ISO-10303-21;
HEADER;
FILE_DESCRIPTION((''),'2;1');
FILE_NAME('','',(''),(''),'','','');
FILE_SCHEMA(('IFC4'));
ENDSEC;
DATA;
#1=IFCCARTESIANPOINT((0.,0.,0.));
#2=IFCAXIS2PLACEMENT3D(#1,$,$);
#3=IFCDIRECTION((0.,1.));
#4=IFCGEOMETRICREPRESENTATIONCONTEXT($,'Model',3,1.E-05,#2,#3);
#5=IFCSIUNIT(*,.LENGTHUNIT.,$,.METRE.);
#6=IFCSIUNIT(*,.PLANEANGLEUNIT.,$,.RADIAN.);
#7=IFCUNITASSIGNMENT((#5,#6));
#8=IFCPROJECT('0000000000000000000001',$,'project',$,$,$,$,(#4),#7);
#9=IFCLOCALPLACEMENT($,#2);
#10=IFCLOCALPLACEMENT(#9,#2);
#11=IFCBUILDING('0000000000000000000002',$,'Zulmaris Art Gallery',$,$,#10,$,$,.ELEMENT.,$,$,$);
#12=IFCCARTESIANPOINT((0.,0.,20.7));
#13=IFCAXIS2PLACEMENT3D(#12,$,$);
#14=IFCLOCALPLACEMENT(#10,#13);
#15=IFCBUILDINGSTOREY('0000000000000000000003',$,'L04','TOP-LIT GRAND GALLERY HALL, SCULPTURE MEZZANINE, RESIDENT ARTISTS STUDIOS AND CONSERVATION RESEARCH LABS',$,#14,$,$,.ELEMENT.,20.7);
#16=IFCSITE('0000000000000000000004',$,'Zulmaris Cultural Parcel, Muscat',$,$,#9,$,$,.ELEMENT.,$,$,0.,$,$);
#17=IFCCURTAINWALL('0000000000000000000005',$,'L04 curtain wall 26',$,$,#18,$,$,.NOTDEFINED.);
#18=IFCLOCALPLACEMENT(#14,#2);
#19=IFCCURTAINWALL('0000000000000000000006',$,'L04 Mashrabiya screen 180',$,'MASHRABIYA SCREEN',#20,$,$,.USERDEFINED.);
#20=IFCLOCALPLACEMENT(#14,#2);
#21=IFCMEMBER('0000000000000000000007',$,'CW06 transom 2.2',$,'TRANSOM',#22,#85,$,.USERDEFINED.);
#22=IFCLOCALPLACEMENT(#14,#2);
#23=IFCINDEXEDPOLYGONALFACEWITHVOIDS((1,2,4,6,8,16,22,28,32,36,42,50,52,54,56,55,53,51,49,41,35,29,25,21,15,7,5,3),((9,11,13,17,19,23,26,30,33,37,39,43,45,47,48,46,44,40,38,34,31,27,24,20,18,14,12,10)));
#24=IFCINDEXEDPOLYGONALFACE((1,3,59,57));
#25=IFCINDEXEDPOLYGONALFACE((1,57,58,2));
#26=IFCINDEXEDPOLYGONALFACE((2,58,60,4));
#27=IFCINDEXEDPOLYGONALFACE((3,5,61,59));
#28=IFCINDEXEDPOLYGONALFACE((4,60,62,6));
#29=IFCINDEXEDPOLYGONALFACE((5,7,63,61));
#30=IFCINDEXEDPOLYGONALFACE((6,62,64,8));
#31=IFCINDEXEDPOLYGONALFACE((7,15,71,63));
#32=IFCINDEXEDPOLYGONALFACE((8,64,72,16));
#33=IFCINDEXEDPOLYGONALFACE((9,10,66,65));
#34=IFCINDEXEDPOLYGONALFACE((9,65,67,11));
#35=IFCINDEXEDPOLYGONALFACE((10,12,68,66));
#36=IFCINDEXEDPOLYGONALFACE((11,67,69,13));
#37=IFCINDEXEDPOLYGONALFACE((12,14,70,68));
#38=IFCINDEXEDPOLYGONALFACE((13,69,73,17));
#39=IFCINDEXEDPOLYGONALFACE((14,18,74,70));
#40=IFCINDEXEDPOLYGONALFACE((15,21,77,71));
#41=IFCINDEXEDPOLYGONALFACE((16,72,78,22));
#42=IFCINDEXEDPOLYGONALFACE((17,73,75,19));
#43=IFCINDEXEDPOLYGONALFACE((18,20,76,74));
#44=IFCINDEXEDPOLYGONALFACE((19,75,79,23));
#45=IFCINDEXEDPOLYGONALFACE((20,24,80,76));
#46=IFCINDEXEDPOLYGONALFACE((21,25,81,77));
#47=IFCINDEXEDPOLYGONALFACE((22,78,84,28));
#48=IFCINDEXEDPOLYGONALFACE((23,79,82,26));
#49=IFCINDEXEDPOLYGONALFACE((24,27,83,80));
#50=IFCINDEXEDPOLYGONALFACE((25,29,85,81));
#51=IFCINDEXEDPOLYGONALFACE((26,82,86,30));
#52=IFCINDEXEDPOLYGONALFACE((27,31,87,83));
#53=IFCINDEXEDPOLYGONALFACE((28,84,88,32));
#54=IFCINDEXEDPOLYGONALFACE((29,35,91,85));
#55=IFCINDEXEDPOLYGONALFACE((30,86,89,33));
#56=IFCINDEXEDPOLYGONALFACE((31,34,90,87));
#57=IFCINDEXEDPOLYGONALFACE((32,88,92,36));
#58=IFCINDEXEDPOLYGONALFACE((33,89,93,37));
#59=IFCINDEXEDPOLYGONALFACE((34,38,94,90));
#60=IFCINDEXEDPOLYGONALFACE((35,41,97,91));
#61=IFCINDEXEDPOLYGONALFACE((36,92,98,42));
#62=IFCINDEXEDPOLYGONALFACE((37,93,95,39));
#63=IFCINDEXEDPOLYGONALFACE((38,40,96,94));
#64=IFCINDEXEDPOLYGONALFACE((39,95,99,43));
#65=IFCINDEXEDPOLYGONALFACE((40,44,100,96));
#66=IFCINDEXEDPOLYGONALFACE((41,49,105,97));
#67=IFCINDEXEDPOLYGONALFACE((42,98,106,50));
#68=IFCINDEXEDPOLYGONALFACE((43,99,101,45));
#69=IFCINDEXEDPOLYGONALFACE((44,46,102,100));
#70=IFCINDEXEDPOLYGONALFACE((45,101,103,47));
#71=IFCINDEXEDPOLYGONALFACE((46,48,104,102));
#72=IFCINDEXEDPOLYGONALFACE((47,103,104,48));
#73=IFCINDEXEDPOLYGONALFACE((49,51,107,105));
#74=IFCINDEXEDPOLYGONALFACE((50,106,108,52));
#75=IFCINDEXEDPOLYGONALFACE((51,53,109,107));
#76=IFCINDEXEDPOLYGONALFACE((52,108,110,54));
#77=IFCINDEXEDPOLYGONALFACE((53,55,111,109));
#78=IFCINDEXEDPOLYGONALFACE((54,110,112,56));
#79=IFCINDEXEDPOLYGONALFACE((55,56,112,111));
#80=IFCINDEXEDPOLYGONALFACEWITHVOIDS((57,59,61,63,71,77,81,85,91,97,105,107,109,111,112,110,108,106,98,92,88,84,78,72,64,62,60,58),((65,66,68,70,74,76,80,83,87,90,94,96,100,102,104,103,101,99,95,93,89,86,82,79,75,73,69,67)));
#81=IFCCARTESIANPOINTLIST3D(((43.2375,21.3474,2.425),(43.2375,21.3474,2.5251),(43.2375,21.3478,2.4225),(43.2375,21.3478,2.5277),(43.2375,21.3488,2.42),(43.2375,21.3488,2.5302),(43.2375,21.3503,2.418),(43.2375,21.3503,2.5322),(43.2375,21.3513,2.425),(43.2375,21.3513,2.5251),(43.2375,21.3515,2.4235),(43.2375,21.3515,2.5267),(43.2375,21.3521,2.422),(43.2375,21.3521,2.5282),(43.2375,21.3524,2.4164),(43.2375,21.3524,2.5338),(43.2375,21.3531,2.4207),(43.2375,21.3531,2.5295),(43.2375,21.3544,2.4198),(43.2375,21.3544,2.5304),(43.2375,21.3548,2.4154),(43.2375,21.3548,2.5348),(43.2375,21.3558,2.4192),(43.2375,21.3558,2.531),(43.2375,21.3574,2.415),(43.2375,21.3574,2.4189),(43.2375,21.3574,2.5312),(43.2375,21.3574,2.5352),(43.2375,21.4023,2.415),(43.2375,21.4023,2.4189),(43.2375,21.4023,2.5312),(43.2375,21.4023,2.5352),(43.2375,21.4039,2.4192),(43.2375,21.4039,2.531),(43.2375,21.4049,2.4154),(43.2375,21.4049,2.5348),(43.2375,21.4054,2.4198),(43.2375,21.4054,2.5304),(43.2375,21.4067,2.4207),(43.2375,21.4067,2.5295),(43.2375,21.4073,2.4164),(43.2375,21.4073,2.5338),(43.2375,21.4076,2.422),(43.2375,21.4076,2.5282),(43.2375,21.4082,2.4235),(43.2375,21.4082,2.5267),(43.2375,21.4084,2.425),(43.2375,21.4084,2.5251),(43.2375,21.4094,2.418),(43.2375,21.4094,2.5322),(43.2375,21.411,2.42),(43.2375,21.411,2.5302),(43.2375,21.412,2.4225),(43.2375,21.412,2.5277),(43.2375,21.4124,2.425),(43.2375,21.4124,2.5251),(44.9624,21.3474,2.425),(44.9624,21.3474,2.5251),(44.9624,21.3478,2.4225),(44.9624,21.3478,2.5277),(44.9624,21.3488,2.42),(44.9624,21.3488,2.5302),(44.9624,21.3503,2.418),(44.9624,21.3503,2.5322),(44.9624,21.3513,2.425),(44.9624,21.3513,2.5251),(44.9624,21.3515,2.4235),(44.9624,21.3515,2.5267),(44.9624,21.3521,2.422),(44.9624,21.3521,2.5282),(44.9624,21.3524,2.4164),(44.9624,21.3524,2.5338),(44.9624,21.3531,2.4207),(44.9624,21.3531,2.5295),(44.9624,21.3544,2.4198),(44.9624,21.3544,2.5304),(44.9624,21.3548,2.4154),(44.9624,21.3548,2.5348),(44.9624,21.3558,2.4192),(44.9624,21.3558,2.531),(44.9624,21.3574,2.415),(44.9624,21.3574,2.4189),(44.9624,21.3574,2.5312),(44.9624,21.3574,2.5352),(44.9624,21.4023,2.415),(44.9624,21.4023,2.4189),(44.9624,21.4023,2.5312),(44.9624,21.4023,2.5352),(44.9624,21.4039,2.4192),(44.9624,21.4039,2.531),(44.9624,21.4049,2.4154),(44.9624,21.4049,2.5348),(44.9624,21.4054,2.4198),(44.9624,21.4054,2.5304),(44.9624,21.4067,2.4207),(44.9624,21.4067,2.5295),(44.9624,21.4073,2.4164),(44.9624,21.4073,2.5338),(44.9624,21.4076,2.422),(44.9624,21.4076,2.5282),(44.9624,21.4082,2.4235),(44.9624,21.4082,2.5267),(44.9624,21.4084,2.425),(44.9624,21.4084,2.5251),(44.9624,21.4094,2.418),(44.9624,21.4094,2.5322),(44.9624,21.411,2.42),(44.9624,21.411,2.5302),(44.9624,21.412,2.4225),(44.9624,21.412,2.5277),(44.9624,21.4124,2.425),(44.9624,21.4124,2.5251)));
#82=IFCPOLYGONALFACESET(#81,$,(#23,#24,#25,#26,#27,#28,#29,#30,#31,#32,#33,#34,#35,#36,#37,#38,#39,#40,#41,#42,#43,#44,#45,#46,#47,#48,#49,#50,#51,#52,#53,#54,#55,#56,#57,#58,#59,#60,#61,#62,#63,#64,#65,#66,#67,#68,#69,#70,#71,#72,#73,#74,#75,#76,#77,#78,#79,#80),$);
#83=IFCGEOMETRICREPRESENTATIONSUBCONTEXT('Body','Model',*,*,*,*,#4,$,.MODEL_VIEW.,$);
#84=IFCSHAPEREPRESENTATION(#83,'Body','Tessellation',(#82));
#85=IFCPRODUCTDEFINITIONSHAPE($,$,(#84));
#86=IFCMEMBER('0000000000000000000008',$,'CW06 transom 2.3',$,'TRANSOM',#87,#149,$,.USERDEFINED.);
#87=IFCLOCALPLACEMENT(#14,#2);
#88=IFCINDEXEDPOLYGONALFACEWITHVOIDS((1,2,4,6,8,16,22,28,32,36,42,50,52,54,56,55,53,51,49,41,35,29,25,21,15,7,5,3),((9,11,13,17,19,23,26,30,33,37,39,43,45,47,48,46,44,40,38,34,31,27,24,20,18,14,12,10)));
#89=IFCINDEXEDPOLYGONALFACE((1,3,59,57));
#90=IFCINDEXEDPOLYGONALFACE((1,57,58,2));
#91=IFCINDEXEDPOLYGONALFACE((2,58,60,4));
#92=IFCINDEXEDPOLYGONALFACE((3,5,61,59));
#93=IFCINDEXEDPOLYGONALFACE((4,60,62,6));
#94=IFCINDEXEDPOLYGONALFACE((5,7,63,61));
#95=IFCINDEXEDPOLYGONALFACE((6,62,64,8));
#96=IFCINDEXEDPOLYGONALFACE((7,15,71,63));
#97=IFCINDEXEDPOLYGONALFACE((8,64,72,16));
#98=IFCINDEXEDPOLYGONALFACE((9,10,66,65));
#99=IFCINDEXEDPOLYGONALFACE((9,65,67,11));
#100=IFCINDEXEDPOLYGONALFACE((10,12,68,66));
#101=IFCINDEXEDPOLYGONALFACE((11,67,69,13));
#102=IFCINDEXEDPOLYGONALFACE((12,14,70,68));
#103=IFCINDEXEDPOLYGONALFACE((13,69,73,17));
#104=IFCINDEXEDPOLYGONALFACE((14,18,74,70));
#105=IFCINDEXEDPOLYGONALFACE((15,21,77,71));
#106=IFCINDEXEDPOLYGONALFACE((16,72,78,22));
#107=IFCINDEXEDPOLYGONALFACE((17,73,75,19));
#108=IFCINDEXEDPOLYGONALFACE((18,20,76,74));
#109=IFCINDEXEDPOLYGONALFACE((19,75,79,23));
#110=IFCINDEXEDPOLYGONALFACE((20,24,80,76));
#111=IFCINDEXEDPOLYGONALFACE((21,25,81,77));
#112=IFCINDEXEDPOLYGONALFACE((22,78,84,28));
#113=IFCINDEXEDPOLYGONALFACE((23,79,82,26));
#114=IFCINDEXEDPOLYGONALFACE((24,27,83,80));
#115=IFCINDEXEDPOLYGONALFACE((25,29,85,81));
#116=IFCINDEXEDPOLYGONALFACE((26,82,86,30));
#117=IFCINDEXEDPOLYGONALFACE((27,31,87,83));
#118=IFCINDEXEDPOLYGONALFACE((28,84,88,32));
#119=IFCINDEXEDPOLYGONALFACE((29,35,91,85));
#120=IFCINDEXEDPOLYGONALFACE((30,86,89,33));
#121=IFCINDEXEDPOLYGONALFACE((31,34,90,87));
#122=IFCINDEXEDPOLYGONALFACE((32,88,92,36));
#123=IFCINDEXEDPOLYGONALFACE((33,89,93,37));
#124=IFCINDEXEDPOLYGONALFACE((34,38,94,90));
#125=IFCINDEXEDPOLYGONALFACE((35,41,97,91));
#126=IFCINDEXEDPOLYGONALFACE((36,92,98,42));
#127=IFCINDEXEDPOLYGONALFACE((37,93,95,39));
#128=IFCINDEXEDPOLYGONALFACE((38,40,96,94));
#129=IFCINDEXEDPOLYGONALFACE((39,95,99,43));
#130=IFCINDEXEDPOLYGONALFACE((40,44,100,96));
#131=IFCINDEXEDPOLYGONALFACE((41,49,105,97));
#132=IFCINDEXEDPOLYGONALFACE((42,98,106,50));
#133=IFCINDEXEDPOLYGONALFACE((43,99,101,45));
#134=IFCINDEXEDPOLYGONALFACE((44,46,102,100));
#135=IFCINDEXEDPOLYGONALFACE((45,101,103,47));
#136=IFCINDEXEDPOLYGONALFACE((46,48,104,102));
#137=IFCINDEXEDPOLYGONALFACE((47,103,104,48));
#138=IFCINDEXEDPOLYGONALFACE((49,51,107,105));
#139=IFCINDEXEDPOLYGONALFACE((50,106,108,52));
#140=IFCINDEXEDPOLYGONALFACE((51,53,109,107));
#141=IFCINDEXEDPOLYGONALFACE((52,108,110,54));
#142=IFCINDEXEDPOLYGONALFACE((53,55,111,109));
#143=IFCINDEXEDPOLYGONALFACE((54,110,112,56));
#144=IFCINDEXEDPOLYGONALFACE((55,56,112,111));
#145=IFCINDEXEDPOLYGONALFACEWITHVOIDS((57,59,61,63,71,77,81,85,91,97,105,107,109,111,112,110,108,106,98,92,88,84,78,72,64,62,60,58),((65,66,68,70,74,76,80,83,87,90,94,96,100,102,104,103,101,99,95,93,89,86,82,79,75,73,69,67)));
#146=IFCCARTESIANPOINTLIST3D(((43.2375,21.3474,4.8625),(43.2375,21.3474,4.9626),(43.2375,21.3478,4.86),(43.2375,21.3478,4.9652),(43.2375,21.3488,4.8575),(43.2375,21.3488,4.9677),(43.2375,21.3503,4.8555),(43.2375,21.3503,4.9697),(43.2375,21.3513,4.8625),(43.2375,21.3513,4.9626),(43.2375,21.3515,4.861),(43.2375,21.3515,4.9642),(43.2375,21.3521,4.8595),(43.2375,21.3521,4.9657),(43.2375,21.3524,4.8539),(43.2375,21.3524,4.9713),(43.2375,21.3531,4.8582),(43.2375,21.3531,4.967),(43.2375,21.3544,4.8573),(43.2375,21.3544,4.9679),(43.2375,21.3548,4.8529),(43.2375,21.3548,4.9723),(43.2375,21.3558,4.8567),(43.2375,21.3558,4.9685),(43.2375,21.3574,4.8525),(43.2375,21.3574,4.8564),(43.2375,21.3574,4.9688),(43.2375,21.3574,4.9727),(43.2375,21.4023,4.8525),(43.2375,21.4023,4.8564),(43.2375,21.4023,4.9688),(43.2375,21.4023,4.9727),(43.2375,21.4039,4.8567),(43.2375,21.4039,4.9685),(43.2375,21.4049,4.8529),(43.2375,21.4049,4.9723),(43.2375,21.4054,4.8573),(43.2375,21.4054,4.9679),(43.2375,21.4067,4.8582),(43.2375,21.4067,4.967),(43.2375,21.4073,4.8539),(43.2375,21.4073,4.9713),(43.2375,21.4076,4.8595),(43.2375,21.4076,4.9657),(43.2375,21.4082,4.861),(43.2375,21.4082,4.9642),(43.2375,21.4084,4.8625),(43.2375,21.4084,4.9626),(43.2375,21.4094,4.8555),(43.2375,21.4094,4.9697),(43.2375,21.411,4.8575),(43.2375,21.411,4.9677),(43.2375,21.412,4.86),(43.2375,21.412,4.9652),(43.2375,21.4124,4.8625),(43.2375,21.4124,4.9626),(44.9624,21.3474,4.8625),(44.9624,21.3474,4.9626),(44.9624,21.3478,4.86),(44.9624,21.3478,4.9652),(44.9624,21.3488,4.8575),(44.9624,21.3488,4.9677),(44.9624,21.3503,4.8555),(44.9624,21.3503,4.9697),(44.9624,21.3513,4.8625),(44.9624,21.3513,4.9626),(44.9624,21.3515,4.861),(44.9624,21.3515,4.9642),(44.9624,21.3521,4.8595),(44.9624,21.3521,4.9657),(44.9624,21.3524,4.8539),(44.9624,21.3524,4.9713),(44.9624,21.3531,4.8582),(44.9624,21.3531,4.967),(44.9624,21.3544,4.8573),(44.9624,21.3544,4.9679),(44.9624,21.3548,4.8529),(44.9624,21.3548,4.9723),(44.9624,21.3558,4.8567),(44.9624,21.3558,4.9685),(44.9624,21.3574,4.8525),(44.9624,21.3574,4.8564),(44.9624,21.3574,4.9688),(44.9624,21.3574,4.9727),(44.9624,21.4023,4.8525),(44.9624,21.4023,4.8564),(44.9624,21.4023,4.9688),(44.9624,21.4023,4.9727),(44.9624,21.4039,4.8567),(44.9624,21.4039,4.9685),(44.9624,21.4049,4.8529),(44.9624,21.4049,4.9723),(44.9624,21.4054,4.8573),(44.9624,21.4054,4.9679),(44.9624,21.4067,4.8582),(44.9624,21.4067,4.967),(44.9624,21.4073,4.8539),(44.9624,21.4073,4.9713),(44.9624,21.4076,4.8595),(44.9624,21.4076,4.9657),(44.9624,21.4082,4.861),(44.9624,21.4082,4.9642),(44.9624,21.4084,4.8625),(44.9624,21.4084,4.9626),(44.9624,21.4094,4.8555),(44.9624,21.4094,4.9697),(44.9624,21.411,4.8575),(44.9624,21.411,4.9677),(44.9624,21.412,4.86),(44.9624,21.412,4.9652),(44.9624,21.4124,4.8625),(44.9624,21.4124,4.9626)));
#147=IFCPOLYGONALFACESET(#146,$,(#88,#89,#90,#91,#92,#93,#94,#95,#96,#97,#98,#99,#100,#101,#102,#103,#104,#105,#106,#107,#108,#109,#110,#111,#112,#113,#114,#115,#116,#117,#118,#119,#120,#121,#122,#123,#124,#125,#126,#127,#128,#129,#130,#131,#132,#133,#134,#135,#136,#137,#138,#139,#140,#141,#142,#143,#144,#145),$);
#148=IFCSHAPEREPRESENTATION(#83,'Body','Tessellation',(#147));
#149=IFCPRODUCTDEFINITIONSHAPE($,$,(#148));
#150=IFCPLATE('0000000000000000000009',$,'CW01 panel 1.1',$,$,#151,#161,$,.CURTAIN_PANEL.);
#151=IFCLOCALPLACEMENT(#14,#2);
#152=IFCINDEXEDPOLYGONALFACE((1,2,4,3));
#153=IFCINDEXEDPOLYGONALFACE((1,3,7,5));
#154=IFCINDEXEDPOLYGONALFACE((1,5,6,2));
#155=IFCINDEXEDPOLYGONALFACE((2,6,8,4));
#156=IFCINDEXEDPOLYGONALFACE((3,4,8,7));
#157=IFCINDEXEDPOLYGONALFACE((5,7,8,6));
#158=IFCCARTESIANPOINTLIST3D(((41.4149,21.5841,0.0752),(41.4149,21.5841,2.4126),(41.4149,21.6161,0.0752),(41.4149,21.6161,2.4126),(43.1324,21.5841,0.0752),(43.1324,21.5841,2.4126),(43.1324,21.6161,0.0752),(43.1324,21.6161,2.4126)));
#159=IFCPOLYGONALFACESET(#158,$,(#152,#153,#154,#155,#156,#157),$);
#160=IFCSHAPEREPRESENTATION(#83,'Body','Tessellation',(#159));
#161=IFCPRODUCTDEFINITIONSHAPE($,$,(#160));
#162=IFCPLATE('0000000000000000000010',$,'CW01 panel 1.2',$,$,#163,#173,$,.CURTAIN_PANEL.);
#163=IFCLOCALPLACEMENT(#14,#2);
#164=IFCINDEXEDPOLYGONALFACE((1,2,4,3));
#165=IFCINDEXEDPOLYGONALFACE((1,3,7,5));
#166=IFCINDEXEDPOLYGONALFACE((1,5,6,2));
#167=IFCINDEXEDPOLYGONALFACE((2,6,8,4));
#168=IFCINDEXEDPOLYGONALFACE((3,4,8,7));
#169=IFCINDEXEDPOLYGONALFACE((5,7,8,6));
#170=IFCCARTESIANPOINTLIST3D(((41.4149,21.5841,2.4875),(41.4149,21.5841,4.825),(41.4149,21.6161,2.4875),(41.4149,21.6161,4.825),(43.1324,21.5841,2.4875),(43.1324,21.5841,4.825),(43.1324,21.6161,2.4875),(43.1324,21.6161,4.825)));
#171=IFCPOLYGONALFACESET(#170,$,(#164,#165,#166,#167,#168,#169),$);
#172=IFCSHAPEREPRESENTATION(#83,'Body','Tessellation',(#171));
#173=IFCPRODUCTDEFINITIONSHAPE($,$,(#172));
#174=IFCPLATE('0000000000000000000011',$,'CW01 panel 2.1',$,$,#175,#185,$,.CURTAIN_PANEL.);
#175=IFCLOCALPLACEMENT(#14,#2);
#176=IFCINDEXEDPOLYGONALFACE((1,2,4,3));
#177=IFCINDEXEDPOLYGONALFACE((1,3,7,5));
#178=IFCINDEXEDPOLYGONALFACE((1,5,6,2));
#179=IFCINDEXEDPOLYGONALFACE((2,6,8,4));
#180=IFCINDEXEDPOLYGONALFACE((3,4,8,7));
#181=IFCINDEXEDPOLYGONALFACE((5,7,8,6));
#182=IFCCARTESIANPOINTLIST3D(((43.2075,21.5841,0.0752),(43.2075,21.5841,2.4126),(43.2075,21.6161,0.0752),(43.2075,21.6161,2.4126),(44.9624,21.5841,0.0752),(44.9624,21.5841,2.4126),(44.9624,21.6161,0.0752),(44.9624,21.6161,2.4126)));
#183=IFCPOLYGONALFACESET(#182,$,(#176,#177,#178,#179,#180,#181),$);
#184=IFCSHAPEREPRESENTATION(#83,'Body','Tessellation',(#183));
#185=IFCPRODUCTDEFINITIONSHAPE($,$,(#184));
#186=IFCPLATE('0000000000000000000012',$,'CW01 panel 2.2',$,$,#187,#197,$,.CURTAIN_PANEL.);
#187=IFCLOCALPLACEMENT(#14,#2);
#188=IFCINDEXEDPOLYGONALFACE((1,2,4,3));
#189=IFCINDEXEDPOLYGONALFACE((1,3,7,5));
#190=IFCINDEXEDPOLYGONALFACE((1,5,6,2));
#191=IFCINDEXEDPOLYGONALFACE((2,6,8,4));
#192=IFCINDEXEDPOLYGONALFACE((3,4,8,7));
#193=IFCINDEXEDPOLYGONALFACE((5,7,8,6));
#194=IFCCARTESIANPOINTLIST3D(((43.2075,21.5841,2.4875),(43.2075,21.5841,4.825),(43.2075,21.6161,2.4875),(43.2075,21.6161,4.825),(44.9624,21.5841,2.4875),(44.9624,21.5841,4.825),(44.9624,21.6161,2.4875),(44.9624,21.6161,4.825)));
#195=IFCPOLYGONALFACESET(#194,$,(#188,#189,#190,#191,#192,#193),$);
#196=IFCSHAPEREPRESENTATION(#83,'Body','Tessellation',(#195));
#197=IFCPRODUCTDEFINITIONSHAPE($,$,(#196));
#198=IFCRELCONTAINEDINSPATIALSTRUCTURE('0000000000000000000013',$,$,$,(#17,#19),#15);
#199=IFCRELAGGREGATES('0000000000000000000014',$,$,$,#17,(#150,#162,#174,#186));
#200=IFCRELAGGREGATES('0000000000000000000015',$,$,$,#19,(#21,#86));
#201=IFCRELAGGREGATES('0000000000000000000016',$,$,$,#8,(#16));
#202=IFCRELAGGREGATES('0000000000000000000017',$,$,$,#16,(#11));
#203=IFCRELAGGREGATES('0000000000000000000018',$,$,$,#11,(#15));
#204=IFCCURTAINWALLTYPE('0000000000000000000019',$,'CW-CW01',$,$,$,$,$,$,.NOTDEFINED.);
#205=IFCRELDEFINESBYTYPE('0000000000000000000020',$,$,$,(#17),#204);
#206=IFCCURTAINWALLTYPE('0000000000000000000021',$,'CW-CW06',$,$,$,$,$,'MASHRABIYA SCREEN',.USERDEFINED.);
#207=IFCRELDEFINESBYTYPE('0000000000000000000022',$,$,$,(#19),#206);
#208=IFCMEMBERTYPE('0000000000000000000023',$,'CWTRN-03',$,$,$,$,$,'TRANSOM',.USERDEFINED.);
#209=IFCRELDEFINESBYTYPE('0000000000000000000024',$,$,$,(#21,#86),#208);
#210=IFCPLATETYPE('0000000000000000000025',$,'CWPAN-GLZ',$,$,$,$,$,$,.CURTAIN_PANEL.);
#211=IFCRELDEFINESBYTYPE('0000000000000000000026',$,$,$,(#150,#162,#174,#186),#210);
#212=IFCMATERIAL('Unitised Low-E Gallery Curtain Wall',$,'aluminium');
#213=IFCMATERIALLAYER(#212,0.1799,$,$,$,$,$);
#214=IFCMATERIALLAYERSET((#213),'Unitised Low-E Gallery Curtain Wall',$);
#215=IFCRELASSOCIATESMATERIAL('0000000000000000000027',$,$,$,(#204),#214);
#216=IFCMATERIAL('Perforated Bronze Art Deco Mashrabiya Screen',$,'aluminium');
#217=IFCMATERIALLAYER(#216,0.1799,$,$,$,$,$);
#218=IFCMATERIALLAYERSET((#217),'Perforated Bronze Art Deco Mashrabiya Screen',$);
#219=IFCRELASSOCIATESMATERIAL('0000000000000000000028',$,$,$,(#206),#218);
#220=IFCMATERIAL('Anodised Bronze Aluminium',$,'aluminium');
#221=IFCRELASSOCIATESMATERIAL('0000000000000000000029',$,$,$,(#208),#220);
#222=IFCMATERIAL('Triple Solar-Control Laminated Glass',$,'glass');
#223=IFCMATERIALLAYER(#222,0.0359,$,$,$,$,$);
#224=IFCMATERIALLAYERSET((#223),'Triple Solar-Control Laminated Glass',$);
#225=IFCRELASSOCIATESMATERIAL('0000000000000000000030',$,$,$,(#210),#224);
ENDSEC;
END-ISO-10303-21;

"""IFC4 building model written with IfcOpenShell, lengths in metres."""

from ifc_helpers import new_model, si_unit, direction, frame, origin, origin_2d, place, context, subcontext, project, spatial, rectangle, hollow_rectangle, extrude, material, layer, layer_set, material_profile, profile_set, type_object, element, aggregate, save


model = new_model("IFC4")

# Units and contexts
model_context = context("Model", 3, precision=1e-05, world=origin(), true_north=direction((0.0, 1.0)))
body_context = subcontext(model_context, "Body", "Model", "MODEL_VIEW")
ifc_project = project(units=[si_unit("LENGTHUNIT", "METRE"), si_unit("PLANEANGLEUNIT", "RADIAN")], contexts=[model_context])

# Site, building, storey
site_placement = place(None, origin())
site = spatial("IfcSite", under=ifc_project, at=site_placement, Name="Zulmaris Cultural Parcel, Muscat", CompositionType="ELEMENT", RefElevation=0.0)
building_placement = place(site_placement, origin())
building = spatial("IfcBuilding", under=site, at=building_placement, Name="Zulmaris Art Gallery", CompositionType="ELEMENT")
storey_placement = place(building_placement, frame((0.0, 0.0, 20.7)))
storey = spatial("IfcBuildingStorey", under=building, at=storey_placement, Name="L04", Description="TOP-LIT GRAND GALLERY HALL, SCULPTURE MEZZANINE, RESIDENT ARTISTS STUDIOS AND CONSERVATION RESEARCH LABS", CompositionType="ELEMENT", Elevation=20.7)

# Curtain walls
ifc_material_1 = material(Name="Unitised Low-E Gallery Curtain Wall", Category="aluminium")
ifc_layer_1 = layer(ifc_material_1, 0.1799)
ifc_layer_set_1 = layer_set([ifc_layer_1], Name="Unitised Low-E Gallery Curtain Wall")
curtain_wall_type_1 = type_object("IfcCurtainWallType", Name="CW-CW01", PredefinedType="NOTDEFINED", material=ifc_layer_set_1)
curtain_wall_1_placement = place(storey_placement, origin())
curtain_wall_1 = element("IfcCurtainWall", 1, at=curtain_wall_1_placement, inside=storey, type_object=curtain_wall_type_1, Name="L04 curtain wall 26", PredefinedType="NOTDEFINED")
ifc_material_2 = material(Name="Anodised Bronze Aluminium", Category="aluminium")
ifc_material_3 = material(Name="Perforated Bronze Art Deco Mashrabiya Screen", Category="aluminium")
ifc_layer_2 = layer(ifc_material_3, 0.1799)
ifc_layer_set_2 = layer_set([ifc_layer_2], Name="Perforated Bronze Art Deco Mashrabiya Screen")
curtain_wall_type_2 = type_object("IfcCurtainWallType", Name="CW-CW06", ElementType="MASHRABIYA SCREEN", PredefinedType="USERDEFINED", material=ifc_layer_set_2)
curtain_wall_2_placement = place(storey_placement, origin())
curtain_wall_2 = element("IfcCurtainWall", 2, at=curtain_wall_2_placement, inside=storey, type_object=curtain_wall_type_2, Name="L04 Mashrabiya screen 180", ObjectType="MASHRABIYA SCREEN", PredefinedType="USERDEFINED")

# Members
ifc_material_profile_1 = material_profile(ifc_material_2, hollow_rectangle(XDim=0.0649, YDim=0.1201, WallThickness=0.0039, InnerFilletRadius=0.0061, OuterFilletRadius=0.01, at=origin_2d()), Name="ALU 65x120x4")
ifc_profile_set_1 = profile_set([ifc_material_profile_1], Name="Anodised Bronze Aluminium")
member_type_1 = type_object("IfcMemberType", Name="CWTRN-03", ElementType="TRANSOM", PredefinedType="USERDEFINED", material=ifc_profile_set_1)
member_1_placement = place(storey_placement, frame((43.2375, 21.3799, 2.4751), z_axis=(1.0, 0.0, 0.0), x_axis=(0.0, 1.0, 0.0)))
member_1 = element("IfcMember", 3, at=member_1_placement, type_object=member_type_1, Name="CW06 transom 2.2", ObjectType="TRANSOM", PredefinedType="USERDEFINED", context=body_context, shape_type="SweptSolid", body=[
    extrude(hollow_rectangle(XDim=0.0649, YDim=0.1201, WallThickness=0.0039, InnerFilletRadius=0.0061, OuterFilletRadius=0.01, at=origin_2d()), origin(), (0.0, 0.0, 1.0), 1.7249),
])
member_2_placement = place(storey_placement, frame((43.2375, 21.3799, 4.9126), z_axis=(1.0, 0.0, 0.0), x_axis=(0.0, 1.0, 0.0)))
member_2 = element("IfcMember", 4, at=member_2_placement, type_object=member_type_1, Name="CW06 transom 2.3", ObjectType="TRANSOM", PredefinedType="USERDEFINED", context=body_context, shape_type="SweptSolid", body=[
    extrude(hollow_rectangle(XDim=0.0649, YDim=0.1201, WallThickness=0.0039, InnerFilletRadius=0.0061, OuterFilletRadius=0.01, at=origin_2d()), origin(), (0.0, 0.0, 1.0), 1.7249),
])

# Plates
ifc_material_4 = material(Name="Triple Solar-Control Laminated Glass", Category="glass")
ifc_layer_3 = layer(ifc_material_4, 0.0359)
ifc_layer_set_3 = layer_set([ifc_layer_3], Name="Triple Solar-Control Laminated Glass")
plate_type_1 = type_object("IfcPlateType", Name="CWPAN-GLZ", PredefinedType="CURTAIN_PANEL", material=ifc_layer_set_3)
plate_1_placement = place(storey_placement, frame((42.2737, 21.6001, 0.0752), z_axis=(0.0, 0.0, 1.0), x_axis=(1.0, 0.0, 0.0)))
plate_1 = element("IfcPlate", 5, at=plate_1_placement, type_object=plate_type_1, Name="CW01 panel 1.1", PredefinedType="CURTAIN_PANEL", context=body_context, shape_type="SweptSolid", body=[
    extrude(rectangle(XDim=1.7175, YDim=0.032, at=origin_2d()), origin(), (0.0, 0.0, 1.0), 2.3374),
])
plate_2_placement = place(storey_placement, frame((42.2737, 21.6001, 2.4875), z_axis=(0.0, 0.0, 1.0), x_axis=(1.0, 0.0, 0.0)))
plate_2 = element("IfcPlate", 6, at=plate_2_placement, type_object=plate_type_1, Name="CW01 panel 1.2", PredefinedType="CURTAIN_PANEL", context=body_context, shape_type="SweptSolid", body=[
    extrude(rectangle(XDim=1.7175, YDim=0.032, at=origin_2d()), origin(), (0.0, 0.0, 1.0), 2.3374),
])
plate_3_placement = place(storey_placement, frame((44.085, 21.6001, 0.0752), z_axis=(0.0, 0.0, 1.0), x_axis=(1.0, 0.0, 0.0)))
plate_3 = element("IfcPlate", 7, at=plate_3_placement, type_object=plate_type_1, Name="CW01 panel 2.1", PredefinedType="CURTAIN_PANEL", context=body_context, shape_type="SweptSolid", body=[
    extrude(rectangle(XDim=1.7549, YDim=0.032, at=origin_2d()), origin(), (0.0, 0.0, 1.0), 2.3374),
])
plate_4_placement = place(storey_placement, frame((44.085, 21.6001, 2.4875), z_axis=(0.0, 0.0, 1.0), x_axis=(1.0, 0.0, 0.0)))
plate_4 = element("IfcPlate", 8, at=plate_4_placement, type_object=plate_type_1, Name="CW01 panel 2.2", PredefinedType="CURTAIN_PANEL", context=body_context, shape_type="SweptSolid", body=[
    extrude(rectangle(XDim=1.7549, YDim=0.032, at=origin_2d()), origin(), (0.0, 0.0, 1.0), 2.3374),
])
aggregate(curtain_wall_1, [plate_1, plate_2, plate_3, plate_4])
aggregate(curtain_wall_2, [member_1, member_2])

save(model, "model.ifc")
